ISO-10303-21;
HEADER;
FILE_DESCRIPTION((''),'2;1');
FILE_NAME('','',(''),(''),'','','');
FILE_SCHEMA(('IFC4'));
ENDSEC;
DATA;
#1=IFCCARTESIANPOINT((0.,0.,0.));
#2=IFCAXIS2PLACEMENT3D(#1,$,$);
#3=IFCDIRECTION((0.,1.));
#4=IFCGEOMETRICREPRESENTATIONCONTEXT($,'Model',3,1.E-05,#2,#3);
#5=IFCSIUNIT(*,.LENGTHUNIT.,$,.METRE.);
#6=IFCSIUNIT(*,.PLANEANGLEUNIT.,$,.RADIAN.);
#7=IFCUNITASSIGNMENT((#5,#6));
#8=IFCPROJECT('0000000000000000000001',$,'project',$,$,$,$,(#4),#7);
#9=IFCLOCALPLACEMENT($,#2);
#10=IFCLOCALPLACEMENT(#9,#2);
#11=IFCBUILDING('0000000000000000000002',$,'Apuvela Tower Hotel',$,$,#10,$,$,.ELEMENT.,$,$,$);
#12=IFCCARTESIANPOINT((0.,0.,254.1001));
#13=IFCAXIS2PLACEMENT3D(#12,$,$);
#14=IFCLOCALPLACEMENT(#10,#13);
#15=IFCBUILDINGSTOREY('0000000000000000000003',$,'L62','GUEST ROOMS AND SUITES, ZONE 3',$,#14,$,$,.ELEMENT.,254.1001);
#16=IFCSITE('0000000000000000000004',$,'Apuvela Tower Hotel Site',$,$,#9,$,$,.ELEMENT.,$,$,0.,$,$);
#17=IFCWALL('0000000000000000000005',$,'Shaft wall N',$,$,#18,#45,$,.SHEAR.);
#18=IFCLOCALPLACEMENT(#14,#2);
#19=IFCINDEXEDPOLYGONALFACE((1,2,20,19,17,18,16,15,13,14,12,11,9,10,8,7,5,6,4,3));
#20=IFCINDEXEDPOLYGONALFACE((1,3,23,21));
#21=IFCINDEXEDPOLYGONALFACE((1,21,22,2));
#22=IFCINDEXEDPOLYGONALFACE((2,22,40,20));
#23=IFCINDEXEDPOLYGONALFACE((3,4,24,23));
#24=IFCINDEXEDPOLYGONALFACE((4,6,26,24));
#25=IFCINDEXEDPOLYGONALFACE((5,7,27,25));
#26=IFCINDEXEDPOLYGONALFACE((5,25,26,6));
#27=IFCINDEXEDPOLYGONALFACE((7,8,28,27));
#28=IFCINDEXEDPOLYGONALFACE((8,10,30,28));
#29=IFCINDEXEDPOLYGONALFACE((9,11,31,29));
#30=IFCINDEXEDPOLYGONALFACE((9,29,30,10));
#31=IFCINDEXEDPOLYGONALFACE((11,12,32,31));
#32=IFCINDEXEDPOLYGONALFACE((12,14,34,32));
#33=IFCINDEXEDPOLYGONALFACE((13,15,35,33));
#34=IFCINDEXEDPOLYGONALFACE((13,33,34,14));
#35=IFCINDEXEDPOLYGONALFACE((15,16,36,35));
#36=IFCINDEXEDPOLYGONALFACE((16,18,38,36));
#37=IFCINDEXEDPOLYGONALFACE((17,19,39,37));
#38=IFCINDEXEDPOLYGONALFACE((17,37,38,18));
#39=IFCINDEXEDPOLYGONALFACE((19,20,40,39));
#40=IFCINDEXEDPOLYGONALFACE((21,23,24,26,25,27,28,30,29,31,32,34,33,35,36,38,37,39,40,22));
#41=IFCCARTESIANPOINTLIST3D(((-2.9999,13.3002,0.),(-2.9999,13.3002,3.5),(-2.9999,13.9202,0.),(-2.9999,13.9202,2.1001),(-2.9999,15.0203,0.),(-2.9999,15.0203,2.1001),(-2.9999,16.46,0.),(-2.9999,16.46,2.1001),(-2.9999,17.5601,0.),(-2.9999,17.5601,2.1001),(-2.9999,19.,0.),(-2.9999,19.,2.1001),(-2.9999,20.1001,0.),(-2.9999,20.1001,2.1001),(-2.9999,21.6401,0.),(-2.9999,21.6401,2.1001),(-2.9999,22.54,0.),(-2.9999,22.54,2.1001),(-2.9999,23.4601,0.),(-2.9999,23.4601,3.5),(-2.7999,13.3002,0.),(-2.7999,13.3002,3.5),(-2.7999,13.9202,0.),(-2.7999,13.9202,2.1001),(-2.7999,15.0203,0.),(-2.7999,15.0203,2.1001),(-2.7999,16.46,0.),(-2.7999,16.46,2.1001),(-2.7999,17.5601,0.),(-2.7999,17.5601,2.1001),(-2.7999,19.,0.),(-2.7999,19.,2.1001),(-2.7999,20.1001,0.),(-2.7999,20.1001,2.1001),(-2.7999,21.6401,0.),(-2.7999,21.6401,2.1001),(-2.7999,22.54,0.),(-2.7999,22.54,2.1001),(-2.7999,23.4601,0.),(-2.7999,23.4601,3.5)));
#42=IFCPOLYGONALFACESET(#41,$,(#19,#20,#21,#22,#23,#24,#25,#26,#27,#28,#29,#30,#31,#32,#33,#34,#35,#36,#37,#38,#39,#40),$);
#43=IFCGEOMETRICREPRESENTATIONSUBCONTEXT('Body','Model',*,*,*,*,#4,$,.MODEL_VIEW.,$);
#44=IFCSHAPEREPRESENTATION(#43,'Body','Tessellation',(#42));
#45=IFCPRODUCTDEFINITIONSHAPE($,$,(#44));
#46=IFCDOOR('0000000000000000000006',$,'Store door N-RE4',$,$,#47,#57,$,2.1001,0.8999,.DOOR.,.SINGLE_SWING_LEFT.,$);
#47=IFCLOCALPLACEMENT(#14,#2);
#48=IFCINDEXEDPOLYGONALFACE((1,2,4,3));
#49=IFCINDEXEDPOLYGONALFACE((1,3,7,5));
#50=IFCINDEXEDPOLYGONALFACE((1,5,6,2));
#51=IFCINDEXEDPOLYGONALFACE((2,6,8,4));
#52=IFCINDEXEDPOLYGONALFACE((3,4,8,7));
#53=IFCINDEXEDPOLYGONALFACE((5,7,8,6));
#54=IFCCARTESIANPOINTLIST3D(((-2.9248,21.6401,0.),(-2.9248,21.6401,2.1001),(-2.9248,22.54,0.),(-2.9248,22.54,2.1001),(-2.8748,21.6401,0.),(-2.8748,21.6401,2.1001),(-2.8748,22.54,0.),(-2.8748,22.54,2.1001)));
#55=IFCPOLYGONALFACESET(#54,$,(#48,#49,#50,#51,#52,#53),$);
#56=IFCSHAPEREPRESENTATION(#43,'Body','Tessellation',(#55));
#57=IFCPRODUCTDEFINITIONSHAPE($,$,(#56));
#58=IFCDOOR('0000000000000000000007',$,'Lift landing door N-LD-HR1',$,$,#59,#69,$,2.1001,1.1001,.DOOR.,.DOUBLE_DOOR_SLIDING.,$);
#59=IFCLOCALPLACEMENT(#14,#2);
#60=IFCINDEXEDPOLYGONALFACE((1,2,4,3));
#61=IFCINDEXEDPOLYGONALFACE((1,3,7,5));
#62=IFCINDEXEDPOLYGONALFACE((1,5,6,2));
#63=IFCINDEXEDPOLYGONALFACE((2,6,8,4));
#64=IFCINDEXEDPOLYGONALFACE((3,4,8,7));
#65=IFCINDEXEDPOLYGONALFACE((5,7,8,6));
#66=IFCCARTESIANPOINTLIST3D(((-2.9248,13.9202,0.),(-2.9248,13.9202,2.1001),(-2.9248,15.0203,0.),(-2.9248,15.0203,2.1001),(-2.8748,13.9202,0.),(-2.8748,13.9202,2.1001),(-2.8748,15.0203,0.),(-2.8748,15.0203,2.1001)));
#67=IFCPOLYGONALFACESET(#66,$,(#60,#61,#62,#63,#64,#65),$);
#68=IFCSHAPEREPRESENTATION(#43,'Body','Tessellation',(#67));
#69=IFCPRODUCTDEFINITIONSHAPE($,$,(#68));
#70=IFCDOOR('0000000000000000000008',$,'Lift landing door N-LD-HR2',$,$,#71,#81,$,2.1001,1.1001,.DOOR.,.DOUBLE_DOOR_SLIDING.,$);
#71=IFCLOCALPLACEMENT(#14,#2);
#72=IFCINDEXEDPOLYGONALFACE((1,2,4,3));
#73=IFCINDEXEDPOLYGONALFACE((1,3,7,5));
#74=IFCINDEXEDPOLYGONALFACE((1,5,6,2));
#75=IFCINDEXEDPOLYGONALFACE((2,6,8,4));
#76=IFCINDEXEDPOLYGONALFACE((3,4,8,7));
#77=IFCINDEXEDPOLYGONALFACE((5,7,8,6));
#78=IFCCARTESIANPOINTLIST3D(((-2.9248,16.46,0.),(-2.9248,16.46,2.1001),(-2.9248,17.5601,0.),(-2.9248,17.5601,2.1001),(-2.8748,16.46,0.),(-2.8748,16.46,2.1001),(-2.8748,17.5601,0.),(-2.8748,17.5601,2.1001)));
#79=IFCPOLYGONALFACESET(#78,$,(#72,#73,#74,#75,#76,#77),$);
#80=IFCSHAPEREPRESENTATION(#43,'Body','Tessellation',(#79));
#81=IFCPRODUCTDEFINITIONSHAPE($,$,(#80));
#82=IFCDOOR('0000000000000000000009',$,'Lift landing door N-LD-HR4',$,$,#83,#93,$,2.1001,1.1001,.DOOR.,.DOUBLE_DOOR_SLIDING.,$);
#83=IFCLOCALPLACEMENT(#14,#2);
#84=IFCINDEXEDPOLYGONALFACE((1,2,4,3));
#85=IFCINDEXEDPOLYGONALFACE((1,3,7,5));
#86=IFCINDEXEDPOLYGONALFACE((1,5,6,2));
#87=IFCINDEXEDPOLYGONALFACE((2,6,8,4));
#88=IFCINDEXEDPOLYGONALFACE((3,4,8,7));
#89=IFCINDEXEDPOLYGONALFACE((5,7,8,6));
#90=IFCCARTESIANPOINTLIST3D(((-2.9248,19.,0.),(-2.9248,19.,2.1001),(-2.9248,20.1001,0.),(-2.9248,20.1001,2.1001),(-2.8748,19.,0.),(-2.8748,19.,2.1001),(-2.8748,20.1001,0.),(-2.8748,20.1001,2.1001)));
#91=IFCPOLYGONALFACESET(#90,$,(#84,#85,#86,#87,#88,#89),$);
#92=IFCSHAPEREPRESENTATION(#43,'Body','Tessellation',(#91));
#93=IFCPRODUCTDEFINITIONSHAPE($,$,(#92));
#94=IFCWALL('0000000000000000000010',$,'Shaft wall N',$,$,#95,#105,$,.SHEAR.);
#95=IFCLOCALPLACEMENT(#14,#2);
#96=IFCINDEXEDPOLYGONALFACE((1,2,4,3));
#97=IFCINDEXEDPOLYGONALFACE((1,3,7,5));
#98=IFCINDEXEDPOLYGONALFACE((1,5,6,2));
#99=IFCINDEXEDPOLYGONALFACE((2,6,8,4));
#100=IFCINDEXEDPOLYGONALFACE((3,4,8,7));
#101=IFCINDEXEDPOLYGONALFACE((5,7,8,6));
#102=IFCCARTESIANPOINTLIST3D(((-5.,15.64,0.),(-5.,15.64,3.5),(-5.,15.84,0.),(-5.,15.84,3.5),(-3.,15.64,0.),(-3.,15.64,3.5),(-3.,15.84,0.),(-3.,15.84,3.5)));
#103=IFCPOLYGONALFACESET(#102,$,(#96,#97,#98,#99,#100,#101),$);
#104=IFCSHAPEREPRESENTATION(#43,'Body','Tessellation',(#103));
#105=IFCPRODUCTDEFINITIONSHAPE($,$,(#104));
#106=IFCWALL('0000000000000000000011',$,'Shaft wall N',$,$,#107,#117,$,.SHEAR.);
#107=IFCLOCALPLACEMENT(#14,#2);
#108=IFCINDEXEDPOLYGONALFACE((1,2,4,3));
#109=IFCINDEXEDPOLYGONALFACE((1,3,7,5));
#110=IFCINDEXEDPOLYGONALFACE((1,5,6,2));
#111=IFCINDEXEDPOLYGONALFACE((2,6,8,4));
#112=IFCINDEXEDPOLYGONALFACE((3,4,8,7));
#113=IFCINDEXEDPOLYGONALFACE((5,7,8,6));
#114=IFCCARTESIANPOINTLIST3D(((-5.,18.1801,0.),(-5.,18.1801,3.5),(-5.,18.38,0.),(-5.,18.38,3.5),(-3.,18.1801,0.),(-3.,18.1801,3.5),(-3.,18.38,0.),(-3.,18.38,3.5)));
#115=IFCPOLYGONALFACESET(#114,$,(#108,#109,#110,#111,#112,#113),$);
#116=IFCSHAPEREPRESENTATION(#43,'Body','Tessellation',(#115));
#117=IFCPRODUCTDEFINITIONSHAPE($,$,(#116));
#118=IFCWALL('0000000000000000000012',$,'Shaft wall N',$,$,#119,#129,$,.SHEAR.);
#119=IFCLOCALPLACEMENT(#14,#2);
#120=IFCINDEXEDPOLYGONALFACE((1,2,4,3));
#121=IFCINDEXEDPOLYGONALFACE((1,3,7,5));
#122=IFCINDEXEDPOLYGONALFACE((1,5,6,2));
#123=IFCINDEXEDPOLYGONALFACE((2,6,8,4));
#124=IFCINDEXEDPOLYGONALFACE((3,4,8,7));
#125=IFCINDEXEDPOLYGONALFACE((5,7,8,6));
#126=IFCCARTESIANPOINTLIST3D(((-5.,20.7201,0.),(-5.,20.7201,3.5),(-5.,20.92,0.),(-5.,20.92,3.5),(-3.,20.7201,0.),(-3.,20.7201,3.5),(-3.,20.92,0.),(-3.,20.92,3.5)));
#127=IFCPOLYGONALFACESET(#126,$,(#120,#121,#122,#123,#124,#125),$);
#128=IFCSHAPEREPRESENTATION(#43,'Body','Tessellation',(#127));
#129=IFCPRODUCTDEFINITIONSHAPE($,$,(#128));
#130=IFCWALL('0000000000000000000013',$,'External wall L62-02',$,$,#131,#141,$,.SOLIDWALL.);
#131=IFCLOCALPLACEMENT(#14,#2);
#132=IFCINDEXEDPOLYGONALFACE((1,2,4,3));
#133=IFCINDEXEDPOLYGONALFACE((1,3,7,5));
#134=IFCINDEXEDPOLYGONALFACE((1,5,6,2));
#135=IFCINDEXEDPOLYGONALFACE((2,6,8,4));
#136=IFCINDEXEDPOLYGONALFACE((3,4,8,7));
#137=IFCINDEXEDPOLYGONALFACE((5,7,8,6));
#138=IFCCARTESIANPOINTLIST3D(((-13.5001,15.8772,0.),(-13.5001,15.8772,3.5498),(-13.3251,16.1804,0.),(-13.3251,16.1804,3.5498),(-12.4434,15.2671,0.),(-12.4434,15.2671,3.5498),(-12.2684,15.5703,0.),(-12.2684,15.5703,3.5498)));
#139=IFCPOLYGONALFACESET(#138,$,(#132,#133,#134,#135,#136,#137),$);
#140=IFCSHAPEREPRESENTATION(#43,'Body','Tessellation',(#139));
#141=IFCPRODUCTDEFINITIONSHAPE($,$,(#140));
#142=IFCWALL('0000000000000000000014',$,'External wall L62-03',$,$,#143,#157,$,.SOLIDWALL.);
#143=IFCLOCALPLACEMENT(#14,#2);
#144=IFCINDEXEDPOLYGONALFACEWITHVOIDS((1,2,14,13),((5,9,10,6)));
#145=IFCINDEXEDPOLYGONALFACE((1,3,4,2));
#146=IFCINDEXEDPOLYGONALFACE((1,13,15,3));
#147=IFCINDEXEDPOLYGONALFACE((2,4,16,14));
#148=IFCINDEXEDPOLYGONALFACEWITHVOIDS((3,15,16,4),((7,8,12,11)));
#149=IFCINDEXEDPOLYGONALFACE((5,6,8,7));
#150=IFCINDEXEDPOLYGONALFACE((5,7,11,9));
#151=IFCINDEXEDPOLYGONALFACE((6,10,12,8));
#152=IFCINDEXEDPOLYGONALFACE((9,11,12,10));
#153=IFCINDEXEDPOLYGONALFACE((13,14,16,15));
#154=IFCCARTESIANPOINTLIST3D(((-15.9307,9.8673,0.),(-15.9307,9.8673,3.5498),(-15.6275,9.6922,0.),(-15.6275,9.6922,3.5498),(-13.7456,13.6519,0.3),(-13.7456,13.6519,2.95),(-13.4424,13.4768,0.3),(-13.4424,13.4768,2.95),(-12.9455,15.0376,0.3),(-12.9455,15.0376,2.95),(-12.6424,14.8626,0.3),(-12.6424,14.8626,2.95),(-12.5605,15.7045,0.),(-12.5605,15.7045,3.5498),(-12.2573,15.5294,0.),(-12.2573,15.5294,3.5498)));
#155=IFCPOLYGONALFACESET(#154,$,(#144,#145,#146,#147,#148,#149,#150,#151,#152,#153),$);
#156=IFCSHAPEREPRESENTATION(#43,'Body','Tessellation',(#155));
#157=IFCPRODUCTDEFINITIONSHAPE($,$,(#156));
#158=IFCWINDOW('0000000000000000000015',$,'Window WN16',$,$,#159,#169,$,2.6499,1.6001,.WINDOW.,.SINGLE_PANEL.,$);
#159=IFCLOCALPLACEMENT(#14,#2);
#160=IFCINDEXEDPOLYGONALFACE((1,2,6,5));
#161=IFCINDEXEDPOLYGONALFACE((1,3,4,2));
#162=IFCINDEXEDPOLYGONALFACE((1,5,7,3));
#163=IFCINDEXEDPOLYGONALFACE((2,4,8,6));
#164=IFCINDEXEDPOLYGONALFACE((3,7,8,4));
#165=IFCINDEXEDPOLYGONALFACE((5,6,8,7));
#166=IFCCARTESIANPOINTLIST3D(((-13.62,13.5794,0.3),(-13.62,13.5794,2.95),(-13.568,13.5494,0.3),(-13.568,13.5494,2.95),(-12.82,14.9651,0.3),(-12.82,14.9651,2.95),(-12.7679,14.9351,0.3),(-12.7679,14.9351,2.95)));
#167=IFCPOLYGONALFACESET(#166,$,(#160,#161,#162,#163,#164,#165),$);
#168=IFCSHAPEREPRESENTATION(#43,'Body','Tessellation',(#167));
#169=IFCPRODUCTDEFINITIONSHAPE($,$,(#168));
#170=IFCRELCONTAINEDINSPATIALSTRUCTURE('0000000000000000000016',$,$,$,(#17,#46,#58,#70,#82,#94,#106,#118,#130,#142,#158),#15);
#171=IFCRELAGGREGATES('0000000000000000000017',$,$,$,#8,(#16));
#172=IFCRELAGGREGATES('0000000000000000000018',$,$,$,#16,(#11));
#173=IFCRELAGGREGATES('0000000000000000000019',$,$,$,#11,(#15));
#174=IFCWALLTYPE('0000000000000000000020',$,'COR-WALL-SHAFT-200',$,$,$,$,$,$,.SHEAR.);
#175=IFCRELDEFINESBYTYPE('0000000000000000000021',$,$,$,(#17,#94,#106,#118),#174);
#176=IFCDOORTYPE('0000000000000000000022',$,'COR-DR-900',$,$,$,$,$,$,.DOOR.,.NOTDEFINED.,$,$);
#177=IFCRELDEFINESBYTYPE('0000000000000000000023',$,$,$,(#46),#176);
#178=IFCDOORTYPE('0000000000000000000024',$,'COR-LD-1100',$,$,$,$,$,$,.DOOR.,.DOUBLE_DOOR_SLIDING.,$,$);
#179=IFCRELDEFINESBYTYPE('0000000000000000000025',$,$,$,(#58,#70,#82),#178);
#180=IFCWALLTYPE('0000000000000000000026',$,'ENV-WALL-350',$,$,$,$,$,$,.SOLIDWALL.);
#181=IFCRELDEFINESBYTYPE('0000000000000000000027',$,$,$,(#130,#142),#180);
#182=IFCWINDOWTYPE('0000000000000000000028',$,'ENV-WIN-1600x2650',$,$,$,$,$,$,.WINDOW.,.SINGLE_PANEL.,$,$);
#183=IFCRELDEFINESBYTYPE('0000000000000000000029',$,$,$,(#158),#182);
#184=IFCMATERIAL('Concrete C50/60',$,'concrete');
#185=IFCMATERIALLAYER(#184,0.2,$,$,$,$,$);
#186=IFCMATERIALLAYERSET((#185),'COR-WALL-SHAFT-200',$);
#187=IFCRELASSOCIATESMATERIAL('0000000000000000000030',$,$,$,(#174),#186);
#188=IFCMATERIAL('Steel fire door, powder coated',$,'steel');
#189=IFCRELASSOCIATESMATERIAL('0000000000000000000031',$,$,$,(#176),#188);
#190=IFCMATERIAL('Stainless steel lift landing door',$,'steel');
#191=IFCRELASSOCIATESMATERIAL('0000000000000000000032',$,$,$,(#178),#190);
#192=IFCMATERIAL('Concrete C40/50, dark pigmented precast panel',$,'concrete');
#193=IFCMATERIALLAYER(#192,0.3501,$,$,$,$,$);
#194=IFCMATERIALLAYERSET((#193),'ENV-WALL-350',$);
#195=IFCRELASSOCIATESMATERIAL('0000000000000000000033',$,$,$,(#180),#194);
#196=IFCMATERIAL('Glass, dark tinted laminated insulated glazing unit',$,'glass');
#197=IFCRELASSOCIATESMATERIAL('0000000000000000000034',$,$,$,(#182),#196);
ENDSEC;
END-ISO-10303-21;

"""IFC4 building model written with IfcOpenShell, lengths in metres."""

from ifc_helpers import new_model, si_unit, direction, frame, frame_2d, origin, place, context, subcontext, project, spatial, rectangle, extrude, material, layer, layer_set, type_object, element, fill, save


model = new_model("IFC4")

# Units and contexts
model_context = context("Model", 3, precision=1e-05, world=origin(), true_north=direction((0.0, 1.0)))
body_context = subcontext(model_context, "Body", "Model", "MODEL_VIEW")
ifc_project = project(units=[si_unit("LENGTHUNIT", "METRE"), si_unit("PLANEANGLEUNIT", "RADIAN")], contexts=[model_context])

# Site, building, storey
site_placement = place(None, origin())
site = spatial("IfcSite", under=ifc_project, at=site_placement, Name="Apuvela Tower Hotel Site", CompositionType="ELEMENT", RefElevation=0.0)
building_placement = place(site_placement, origin())
building = spatial("IfcBuilding", under=site, at=building_placement, Name="Apuvela Tower Hotel", CompositionType="ELEMENT")
storey_placement = place(building_placement, frame((0.0, 0.0, 254.1001)))
storey = spatial("IfcBuildingStorey", under=building, at=storey_placement, Name="L62", Description="GUEST ROOMS AND SUITES, ZONE 3", CompositionType="ELEMENT", Elevation=254.1001)

# Shared definitions
ifc_material_1 = material(Name="Concrete C50/60", Category="concrete")
ifc_layer_1 = layer(ifc_material_1, 0.2)
ifc_layer_set_1 = layer_set([ifc_layer_1], Name="COR-WALL-SHAFT-200")
wall_type_1 = type_object("IfcWallType", Name="COR-WALL-SHAFT-200", PredefinedType="SHEAR", material=ifc_layer_set_1)

# Wall, openings, doors
wall_1_placement = place(storey_placement, frame((-2.8999, 13.3, 0.0), z_axis=(0.0, 0.0, 1.0), x_axis=(0.0, 1.0, 0.0)))
wall_1 = element("IfcWall", 1, at=wall_1_placement, inside=storey, type_object=wall_type_1, Name="Shaft wall N", PredefinedType="SHEAR", context=body_context, shape_type="SweptSolid", body=[
    extrude(rectangle(XDim=10.1599, YDim=0.2, at=frame_2d((5.0801, 0.0))), origin(), (0.0, 0.0, 1.0), 3.5),
])
opening_1_placement = place(wall_1_placement, frame((0.6201, 0.0, 0.0)))
opening_1 = element("IfcOpeningElement", 2, at=opening_1_placement, cuts=wall_1, PredefinedType="OPENING", context=body_context, shape_type="SweptSolid", body=[
    extrude(rectangle(XDim=1.1001, YDim=2.1001, at=frame_2d((0.55, 1.05))), frame((0.0, 0.1099, 0.0), z_axis=(0.0, -1.0, 0.0), x_axis=(1.0, 0.0, 0.0)), (0.0, 0.0, 1.0), 0.22),
])
opening_2_placement = place(wall_1_placement, frame((3.1599, 0.0, 0.0)))
opening_2 = element("IfcOpeningElement", 3, at=opening_2_placement, cuts=wall_1, PredefinedType="OPENING", context=body_context, shape_type="SweptSolid", body=[
    extrude(rectangle(XDim=1.1001, YDim=2.1001, at=frame_2d((0.55, 1.05))), frame((0.0, 0.1099, 0.0), z_axis=(0.0, -1.0, 0.0), x_axis=(1.0, 0.0, 0.0)), (0.0, 0.0, 1.0), 0.22),
])
opening_3_placement = place(wall_1_placement, frame((5.7, 0.0, 0.0)))
opening_3 = element("IfcOpeningElement", 4, at=opening_3_placement, cuts=wall_1, PredefinedType="OPENING", context=body_context, shape_type="SweptSolid", body=[
    extrude(rectangle(XDim=1.1001, YDim=2.1001, at=frame_2d((0.55, 1.05))), frame((0.0, 0.1099, 0.0), z_axis=(0.0, -1.0, 0.0), x_axis=(1.0, 0.0, 0.0)), (0.0, 0.0, 1.0), 0.22),
])
opening_4_placement = place(wall_1_placement, frame((8.3401, 0.0, 0.0)))
opening_4 = element("IfcOpeningElement", 5, at=opening_4_placement, cuts=wall_1, PredefinedType="OPENING", context=body_context, shape_type="SweptSolid", body=[
    extrude(rectangle(XDim=0.8999, YDim=2.1001, at=frame_2d((0.45, 1.05))), frame((0.0, 0.1099, 0.0), z_axis=(0.0, -1.0, 0.0), x_axis=(1.0, 0.0, 0.0)), (0.0, 0.0, 1.0), 0.22),
])
ifc_material_2 = material(Name="Steel fire door, powder coated", Category="steel")
door_type_1 = type_object("IfcDoorType", Name="COR-DR-900", OperationType="NOTDEFINED", PredefinedType="DOOR", material=ifc_material_2)
door_1_placement = place(opening_4_placement, origin())
door_1 = element("IfcDoor", 6, at=door_1_placement, inside=storey, type_object=door_type_1, Name="Store door N-RE4", OperationType="SINGLE_SWING_LEFT", OverallHeight=2.1001, OverallWidth=0.8999, PredefinedType="DOOR", context=body_context, shape_type="SweptSolid", body=[
    extrude(rectangle(XDim=0.8999, YDim=2.1001, at=frame_2d((0.45, 1.05))), frame((0.0, 0.0249, 0.0), z_axis=(0.0, -1.0, 0.0), x_axis=(1.0, 0.0, 0.0)), (0.0, 0.0, 1.0), 0.05),
])
fill(opening_4, door_1)
ifc_material_3 = material(Name="Stainless steel lift landing door", Category="steel")
door_type_2 = type_object("IfcDoorType", Name="COR-LD-1100", OperationType="DOUBLE_DOOR_SLIDING", PredefinedType="DOOR", material=ifc_material_3)
door_2_placement = place(opening_1_placement, origin())
door_2 = element("IfcDoor", 7, at=door_2_placement, inside=storey, type_object=door_type_2, Name="Lift landing door N-LD-HR1", OperationType="DOUBLE_DOOR_SLIDING", OverallHeight=2.1001, OverallWidth=1.1001, PredefinedType="DOOR", context=body_context, shape_type="SweptSolid", body=[
    extrude(rectangle(XDim=1.1001, YDim=2.1001, at=frame_2d((0.55, 1.05))), frame((0.0, 0.0249, 0.0), z_axis=(0.0, -1.0, 0.0), x_axis=(1.0, 0.0, 0.0)), (0.0, 0.0, 1.0), 0.05),
])
fill(opening_1, door_2)
door_3_placement = place(opening_2_placement, origin())
door_3 = element("IfcDoor", 8, at=door_3_placement, inside=storey, type_object=door_type_2, Name="Lift landing door N-LD-HR2", OperationType="DOUBLE_DOOR_SLIDING", OverallHeight=2.1001, OverallWidth=1.1001, PredefinedType="DOOR", context=body_context, shape_type="SweptSolid", body=[
    extrude(rectangle(XDim=1.1001, YDim=2.1001, at=frame_2d((0.55, 1.05))), frame((0.0, 0.0249, 0.0), z_axis=(0.0, -1.0, 0.0), x_axis=(1.0, 0.0, 0.0)), (0.0, 0.0, 1.0), 0.05),
])
fill(opening_2, door_3)
door_4_placement = place(opening_3_placement, origin())
door_4 = element("IfcDoor", 9, at=door_4_placement, inside=storey, type_object=door_type_2, Name="Lift landing door N-LD-HR4", OperationType="DOUBLE_DOOR_SLIDING", OverallHeight=2.1001, OverallWidth=1.1001, PredefinedType="DOOR", context=body_context, shape_type="SweptSolid", body=[
    extrude(rectangle(XDim=1.1001, YDim=2.1001, at=frame_2d((0.55, 1.05))), frame((0.0, 0.0249, 0.0), z_axis=(0.0, -1.0, 0.0), x_axis=(1.0, 0.0, 0.0)), (0.0, 0.0, 1.0), 0.05),
])
fill(opening_3, door_4)

# Walls
for number, where, z_axis, x_axis, name in (
    (10, (-3.0, 15.74, 0.0), (0.0, 0.0, 1.0), (-1.0, 0.0, 0.0), "Shaft wall N"),
    (11, (-3.0, 18.28, 0.0), (0.0, 0.0, 1.0), (-1.0, 0.0, 0.0), "Shaft wall N"),
    (12, (-3.0, 20.8201, 0.0), (0.0, 0.0, 1.0), (-1.0, 0.0, 0.0), "Shaft wall N"),
):
    element("IfcWall", number, at=place(storey_placement, frame(where, z_axis=z_axis, x_axis=x_axis)), inside=storey, type_object=wall_type_1, Name=name, PredefinedType="SHEAR", context=body_context, shape_type="SweptSolid", body=[
        extrude(rectangle(XDim=2.0, YDim=0.2, at=frame_2d((1.0, 0.0))), origin(), (0.0, 0.0, 1.0), 3.5),
    ])
ifc_material_4 = material(Name="Concrete C40/50, dark pigmented precast panel", Category="concrete")
ifc_layer_2 = layer(ifc_material_4, 0.3501)
ifc_layer_set_2 = layer_set([ifc_layer_2], Name="ENV-WALL-350")
wall_type_2 = type_object("IfcWallType", Name="ENV-WALL-350", PredefinedType="SOLIDWALL", material=ifc_layer_set_2)
wall_2_placement = place(storey_placement, frame((-13.4126, 16.0288, 0.0), z_axis=(0.0, 0.0, 1.0), x_axis=(0.866006, -0.500034, 0.0)))
element("IfcWall", 13, at=wall_2_placement, inside=storey, type_object=wall_type_2, Name="External wall L62-02", PredefinedType="SOLIDWALL", context=body_context, shape_type="SweptSolid", body=[
    extrude(rectangle(XDim=1.2202, YDim=0.3501, at=frame_2d((0.6101, 0.0))), origin(), (0.0, 0.0, 1.0), 3.5498),
])

# Wall, opening, window
wall_3_placement = place(storey_placement, frame((-12.4089, 15.6169, 0.0), z_axis=(0.0, 0.0, 1.0), x_axis=(-0.500004, -0.866023, 0.0)))
wall_3 = element("IfcWall", 14, at=wall_3_placement, inside=storey, type_object=wall_type_2, Name="External wall L62-03", PredefinedType="SOLIDWALL", context=body_context, shape_type="SweptSolid", body=[
    extrude(rectangle(XDim=6.7402, YDim=0.3501, at=frame_2d((3.3701, 0.0))), origin(), (0.0, 0.0, 1.0), 3.5498),
])
opening_5_placement = place(wall_3_placement, frame((0.77, 0.0, 0.3)))
opening_5 = element("IfcOpeningElement", 15, at=opening_5_placement, cuts=wall_3, PredefinedType="OPENING", context=body_context, shape_type="SweptSolid", body=[
    extrude(rectangle(XDim=1.6001, YDim=2.6499, at=frame_2d((0.8, 1.325))), frame((0.0, 0.1851, 0.0), z_axis=(0.0, -1.0, 0.0), x_axis=(1.0, 0.0, 0.0)), (0.0, 0.0, 1.0), 0.3701),
])
ifc_material_5 = material(Name="Glass, dark tinted laminated insulated glazing unit", Category="glass")
window_type = type_object("IfcWindowType", Name="ENV-WIN-1600x2650", PartitioningType="SINGLE_PANEL", PredefinedType="WINDOW", material=ifc_material_5)
window_placement = place(opening_5_placement, origin())
window = element("IfcWindow", 16, at=window_placement, inside=storey, type_object=window_type, Name="Window WN16", OverallHeight=2.6499, OverallWidth=1.6001, PartitioningType="SINGLE_PANEL", PredefinedType="WINDOW", context=body_context, shape_type="SweptSolid", body=[
    extrude(rectangle(XDim=1.6001, YDim=2.6499, at=frame_2d((0.8, 1.325))), frame((0.0, 0.03, 0.0), z_axis=(0.0, -1.0, 0.0), x_axis=(1.0, 0.0, 0.0)), (0.0, 0.0, 1.0), 0.0601),
])
fill(opening_5, window)

save(model, "model.ifc")
